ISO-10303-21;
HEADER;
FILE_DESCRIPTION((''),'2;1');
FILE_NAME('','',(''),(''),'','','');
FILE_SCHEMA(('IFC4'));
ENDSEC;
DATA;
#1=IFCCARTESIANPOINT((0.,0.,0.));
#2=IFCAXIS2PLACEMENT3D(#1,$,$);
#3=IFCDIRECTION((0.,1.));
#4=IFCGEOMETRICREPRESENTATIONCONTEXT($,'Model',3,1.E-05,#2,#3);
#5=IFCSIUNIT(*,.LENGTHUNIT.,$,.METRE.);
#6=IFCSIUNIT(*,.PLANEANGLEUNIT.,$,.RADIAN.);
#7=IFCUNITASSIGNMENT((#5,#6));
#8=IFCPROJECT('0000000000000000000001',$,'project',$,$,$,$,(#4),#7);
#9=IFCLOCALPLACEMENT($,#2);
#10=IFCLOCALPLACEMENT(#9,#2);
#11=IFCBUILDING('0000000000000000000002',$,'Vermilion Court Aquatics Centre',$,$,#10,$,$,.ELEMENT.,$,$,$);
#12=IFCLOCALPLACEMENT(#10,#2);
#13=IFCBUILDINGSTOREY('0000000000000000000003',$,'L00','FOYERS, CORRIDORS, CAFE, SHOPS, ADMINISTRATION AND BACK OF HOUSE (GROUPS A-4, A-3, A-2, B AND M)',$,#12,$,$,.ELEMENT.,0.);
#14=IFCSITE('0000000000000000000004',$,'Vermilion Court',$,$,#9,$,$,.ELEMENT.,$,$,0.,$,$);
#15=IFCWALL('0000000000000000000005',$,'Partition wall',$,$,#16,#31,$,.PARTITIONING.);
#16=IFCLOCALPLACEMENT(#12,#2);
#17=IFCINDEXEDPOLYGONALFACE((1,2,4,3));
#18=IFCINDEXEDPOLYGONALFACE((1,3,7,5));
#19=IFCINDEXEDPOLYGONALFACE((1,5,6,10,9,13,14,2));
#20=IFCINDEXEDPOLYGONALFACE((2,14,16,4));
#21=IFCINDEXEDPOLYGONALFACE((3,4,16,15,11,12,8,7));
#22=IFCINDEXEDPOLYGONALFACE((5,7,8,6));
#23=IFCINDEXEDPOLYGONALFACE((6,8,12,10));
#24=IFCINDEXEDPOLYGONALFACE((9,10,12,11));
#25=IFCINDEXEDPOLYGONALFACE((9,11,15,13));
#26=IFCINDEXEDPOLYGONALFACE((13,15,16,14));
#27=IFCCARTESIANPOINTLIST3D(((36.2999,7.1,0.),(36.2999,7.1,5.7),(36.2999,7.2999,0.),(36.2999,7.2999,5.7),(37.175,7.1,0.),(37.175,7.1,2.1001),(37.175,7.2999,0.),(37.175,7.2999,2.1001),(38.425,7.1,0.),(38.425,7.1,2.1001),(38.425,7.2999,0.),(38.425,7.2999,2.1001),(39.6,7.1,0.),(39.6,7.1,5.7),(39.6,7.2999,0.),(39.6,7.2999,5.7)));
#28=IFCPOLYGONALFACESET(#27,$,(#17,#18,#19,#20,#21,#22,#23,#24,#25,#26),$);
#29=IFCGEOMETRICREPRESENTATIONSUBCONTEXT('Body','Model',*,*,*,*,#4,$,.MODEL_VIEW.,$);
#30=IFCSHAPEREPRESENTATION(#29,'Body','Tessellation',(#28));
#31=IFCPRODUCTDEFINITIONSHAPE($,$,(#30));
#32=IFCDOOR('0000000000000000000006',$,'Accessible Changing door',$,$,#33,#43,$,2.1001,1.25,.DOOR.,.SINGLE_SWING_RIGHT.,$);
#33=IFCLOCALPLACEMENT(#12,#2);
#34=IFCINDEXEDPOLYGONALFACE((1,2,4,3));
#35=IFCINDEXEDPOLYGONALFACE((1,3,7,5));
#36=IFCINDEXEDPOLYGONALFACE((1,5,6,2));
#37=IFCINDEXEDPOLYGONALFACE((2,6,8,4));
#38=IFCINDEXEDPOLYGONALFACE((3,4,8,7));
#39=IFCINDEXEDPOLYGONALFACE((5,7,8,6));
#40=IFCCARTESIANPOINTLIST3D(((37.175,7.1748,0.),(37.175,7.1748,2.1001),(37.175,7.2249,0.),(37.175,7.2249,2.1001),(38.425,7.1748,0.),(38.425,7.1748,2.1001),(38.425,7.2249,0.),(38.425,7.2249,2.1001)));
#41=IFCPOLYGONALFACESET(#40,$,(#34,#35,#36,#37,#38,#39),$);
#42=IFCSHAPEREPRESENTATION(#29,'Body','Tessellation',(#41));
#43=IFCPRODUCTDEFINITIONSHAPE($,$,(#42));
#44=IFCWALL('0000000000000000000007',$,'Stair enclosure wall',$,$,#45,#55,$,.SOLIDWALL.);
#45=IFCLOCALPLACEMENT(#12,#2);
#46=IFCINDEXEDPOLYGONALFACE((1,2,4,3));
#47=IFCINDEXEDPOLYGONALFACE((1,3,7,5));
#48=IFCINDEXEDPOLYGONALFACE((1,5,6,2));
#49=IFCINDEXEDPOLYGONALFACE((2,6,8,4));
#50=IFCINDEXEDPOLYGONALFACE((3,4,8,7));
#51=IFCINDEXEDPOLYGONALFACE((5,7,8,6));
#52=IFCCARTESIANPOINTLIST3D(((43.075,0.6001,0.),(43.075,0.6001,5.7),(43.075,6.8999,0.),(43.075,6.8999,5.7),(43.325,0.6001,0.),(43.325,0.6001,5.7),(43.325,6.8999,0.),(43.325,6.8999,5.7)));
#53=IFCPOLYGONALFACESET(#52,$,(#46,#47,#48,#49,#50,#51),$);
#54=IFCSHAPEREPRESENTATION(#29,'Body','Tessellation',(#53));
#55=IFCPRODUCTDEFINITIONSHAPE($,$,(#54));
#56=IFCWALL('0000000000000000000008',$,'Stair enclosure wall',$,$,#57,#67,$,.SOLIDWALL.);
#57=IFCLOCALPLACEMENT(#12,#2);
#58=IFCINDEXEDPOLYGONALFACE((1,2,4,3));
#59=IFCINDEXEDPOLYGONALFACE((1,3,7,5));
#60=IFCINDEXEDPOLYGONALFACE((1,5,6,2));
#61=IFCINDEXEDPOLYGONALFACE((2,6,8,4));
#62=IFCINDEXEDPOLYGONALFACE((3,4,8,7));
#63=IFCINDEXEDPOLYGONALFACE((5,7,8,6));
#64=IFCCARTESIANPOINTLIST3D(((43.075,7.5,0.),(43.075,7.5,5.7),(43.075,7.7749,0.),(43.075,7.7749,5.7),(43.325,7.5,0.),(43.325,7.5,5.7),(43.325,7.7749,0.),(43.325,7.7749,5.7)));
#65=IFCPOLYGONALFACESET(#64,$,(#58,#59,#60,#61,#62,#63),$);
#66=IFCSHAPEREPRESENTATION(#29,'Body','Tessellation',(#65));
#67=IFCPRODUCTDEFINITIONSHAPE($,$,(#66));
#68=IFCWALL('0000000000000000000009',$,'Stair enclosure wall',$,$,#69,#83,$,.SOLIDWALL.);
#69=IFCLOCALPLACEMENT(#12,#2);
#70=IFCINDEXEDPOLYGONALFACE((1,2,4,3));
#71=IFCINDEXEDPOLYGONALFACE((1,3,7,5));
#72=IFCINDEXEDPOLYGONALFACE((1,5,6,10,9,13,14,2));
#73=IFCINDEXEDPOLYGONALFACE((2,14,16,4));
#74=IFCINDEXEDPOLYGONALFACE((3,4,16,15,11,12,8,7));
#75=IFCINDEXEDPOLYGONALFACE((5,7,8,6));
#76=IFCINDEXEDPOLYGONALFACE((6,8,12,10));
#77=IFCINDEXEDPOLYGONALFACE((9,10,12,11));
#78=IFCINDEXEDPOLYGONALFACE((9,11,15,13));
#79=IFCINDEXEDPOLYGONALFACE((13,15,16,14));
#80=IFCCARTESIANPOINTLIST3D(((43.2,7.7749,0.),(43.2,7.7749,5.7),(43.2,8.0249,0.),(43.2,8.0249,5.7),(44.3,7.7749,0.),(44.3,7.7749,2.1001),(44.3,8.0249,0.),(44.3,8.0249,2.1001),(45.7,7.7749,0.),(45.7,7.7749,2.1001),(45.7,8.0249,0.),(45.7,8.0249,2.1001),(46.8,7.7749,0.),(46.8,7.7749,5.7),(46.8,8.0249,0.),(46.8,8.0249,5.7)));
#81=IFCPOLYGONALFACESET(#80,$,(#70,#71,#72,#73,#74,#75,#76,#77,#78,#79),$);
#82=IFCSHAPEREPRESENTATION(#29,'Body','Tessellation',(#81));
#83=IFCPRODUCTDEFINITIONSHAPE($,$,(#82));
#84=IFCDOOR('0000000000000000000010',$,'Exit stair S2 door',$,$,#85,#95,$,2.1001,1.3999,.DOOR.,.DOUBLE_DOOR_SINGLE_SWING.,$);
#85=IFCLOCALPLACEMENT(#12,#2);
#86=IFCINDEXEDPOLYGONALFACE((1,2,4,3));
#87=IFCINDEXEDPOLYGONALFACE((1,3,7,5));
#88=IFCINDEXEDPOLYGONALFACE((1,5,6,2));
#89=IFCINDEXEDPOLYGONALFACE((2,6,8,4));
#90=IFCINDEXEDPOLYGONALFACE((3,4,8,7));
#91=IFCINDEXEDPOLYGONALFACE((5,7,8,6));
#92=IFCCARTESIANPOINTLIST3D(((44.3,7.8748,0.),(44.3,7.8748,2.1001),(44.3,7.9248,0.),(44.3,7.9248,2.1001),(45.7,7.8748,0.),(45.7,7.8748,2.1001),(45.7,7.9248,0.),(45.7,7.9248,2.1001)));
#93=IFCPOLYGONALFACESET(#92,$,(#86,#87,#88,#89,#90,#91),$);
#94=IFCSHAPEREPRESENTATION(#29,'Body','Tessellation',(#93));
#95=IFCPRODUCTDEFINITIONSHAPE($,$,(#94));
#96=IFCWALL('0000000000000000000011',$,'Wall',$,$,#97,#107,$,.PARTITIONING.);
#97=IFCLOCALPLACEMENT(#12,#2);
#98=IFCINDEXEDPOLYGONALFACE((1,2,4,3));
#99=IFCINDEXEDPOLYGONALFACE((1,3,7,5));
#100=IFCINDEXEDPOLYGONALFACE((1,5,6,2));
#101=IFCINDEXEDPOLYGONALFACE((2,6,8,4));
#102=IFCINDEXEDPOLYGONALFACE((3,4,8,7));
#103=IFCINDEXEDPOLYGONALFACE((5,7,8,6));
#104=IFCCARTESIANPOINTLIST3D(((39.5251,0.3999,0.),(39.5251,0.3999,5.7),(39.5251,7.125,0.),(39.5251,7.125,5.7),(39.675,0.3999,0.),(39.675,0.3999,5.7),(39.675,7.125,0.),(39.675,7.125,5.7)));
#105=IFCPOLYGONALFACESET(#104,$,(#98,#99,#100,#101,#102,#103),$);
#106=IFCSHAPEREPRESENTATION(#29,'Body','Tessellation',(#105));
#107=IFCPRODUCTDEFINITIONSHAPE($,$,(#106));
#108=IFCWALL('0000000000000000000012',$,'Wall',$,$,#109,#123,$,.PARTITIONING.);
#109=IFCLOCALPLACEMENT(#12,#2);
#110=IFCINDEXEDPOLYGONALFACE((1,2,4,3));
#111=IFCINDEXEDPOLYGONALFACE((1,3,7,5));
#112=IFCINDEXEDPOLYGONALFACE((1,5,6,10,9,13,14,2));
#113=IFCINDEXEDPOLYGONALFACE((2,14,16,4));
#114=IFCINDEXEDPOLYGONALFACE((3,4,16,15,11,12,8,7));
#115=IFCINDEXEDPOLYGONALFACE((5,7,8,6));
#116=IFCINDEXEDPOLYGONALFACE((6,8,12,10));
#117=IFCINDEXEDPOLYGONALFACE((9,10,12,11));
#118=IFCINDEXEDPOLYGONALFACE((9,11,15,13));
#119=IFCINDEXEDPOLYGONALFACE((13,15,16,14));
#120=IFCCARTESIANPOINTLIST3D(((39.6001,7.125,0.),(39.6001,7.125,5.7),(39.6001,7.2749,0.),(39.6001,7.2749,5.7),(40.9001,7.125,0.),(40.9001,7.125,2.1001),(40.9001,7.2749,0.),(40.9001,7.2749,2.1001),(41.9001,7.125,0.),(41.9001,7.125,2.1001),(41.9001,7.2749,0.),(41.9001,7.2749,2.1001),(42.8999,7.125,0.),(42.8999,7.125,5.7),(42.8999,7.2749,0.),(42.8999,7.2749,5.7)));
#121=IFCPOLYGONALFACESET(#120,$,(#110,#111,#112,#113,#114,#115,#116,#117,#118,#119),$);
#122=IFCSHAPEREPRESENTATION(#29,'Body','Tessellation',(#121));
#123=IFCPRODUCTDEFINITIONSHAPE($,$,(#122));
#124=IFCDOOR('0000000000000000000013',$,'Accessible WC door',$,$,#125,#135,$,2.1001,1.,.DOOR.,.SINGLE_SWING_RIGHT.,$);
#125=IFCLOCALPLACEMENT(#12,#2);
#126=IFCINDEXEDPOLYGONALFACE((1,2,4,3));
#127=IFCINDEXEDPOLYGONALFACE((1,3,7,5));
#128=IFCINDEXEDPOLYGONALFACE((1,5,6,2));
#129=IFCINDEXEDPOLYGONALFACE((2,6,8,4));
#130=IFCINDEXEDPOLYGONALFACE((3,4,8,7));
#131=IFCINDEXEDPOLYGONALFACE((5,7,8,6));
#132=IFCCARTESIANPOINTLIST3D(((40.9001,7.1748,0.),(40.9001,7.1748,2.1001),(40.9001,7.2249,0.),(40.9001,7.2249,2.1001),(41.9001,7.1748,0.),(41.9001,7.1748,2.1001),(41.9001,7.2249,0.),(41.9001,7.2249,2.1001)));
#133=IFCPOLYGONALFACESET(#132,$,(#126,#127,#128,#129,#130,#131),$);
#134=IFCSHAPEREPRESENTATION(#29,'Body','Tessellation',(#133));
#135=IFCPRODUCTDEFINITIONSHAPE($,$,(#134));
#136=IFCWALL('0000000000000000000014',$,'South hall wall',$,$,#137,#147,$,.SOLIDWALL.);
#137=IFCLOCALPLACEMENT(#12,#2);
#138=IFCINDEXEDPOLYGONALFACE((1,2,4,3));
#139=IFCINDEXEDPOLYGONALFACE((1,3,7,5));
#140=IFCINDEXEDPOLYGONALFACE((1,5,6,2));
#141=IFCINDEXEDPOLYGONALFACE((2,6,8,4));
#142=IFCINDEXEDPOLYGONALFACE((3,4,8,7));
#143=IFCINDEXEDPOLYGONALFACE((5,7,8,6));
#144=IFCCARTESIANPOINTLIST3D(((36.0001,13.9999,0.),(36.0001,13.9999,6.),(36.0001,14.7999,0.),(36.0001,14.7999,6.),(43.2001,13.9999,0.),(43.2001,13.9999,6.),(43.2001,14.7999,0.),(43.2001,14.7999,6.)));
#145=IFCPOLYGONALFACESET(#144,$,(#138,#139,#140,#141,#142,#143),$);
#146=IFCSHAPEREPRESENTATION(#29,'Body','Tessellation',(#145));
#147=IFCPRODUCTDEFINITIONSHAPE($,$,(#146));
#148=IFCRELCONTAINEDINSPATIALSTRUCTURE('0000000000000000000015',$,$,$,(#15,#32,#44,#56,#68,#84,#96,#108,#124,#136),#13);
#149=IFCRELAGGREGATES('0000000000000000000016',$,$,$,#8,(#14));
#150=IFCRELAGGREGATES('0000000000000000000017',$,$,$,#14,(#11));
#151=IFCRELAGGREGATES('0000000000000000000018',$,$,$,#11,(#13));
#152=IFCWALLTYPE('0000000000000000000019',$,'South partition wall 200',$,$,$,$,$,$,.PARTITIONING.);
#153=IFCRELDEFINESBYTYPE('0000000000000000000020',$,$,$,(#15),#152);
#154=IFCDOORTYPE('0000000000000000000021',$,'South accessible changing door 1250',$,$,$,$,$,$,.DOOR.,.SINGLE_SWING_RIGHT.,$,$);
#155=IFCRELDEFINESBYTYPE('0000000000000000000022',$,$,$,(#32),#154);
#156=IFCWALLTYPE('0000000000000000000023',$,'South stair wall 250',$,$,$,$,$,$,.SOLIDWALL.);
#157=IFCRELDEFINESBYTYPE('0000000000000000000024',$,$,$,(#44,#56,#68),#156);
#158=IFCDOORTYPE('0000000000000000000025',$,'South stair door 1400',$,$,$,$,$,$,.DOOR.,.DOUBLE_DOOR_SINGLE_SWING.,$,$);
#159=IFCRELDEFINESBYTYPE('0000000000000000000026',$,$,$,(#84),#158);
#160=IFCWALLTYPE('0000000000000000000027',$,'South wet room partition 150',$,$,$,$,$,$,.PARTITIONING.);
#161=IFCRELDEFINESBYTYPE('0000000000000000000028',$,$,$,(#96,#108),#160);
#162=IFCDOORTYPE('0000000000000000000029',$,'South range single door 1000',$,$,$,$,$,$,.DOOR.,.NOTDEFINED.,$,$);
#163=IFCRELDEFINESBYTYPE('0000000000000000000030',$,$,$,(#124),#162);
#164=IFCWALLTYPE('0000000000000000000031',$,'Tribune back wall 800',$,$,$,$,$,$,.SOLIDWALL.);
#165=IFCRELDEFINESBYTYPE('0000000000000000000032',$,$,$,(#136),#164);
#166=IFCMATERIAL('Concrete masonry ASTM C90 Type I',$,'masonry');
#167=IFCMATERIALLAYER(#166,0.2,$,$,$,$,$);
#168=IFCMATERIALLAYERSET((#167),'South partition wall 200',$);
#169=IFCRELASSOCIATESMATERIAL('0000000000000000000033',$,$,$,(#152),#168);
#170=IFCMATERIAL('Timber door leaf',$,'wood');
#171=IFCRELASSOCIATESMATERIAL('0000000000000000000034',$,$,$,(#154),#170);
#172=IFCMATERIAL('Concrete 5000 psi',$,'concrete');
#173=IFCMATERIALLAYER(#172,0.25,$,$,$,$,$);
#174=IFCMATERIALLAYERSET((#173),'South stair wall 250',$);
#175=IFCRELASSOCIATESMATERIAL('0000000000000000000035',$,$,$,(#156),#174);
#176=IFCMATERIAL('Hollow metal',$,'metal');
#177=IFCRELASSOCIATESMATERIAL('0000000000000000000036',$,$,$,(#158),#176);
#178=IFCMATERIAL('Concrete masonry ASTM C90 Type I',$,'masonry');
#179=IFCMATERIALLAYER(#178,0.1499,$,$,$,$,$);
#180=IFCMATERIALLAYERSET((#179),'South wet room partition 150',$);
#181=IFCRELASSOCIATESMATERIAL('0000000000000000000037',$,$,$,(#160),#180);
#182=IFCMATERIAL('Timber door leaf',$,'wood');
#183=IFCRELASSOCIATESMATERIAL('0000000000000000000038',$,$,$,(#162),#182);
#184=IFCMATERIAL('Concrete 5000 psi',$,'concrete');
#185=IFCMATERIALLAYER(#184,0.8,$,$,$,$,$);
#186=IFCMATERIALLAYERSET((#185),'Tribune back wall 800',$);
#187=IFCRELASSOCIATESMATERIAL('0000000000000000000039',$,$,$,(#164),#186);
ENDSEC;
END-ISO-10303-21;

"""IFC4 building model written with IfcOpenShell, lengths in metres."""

from ifc_helpers import new_model, si_unit, direction, frame, frame_2d, origin, place, context, subcontext, project, spatial, rectangle, extrude, material, layer, layer_set, type_object, element, fill, save


model = new_model("IFC4")

# Units and contexts
model_context = context("Model", 3, precision=1e-05, world=origin(), true_north=direction((0.0, 1.0)))
body_context = subcontext(model_context, "Body", "Model", "MODEL_VIEW")
ifc_project = project(units=[si_unit("LENGTHUNIT", "METRE"), si_unit("PLANEANGLEUNIT", "RADIAN")], contexts=[model_context])

# Site, building, storey
site_placement = place(None, origin())
site = spatial("IfcSite", under=ifc_project, at=site_placement, Name="Vermilion Court", CompositionType="ELEMENT", RefElevation=0.0)
building_placement = place(site_placement, origin())
building = spatial("IfcBuilding", under=site, at=building_placement, Name="Vermilion Court Aquatics Centre", CompositionType="ELEMENT")
storey_placement = place(building_placement, origin())
storey = spatial("IfcBuildingStorey", under=building, at=storey_placement, Name="L00", Description="FOYERS, CORRIDORS, CAFE, SHOPS, ADMINISTRATION AND BACK OF HOUSE (GROUPS A-4, A-3, A-2, B AND M)", CompositionType="ELEMENT", Elevation=0.0)

# Wall, opening, door
ifc_material_1 = material(Name="Concrete masonry ASTM C90 Type I", Category="masonry")
ifc_layer_1 = layer(ifc_material_1, 0.2)
ifc_layer_set_1 = layer_set([ifc_layer_1], Name="South partition wall 200")
wall_type_1 = type_object("IfcWallType", Name="South partition wall 200", PredefinedType="PARTITIONING", material=ifc_layer_set_1)
wall_1_placement = place(storey_placement, frame((36.3, 7.2, 0.0), z_axis=(0.0, 0.0, 1.0), x_axis=(1.0, 0.0, 0.0)))
wall_1 = element("IfcWall", 1, at=wall_1_placement, inside=storey, type_object=wall_type_1, Name="Partition wall", PredefinedType="PARTITIONING", context=body_context, shape_type="SweptSolid", body=[
    extrude(rectangle(XDim=3.3, YDim=0.2, at=frame_2d((1.6499, 0.0))), origin(), (0.0, 0.0, 1.0), 5.7),
])
opening_1_placement = place(wall_1_placement, frame((0.875, 0.0, 0.0)))
opening_1 = element("IfcOpeningElement", 2, at=opening_1_placement, cuts=wall_1, PredefinedType="OPENING", context=body_context, shape_type="SweptSolid", body=[
    extrude(rectangle(XDim=1.25, YDim=2.1001, at=frame_2d((0.625, 1.05))), frame((0.0, 0.1099, 0.0), z_axis=(0.0, -1.0, 0.0), x_axis=(1.0, 0.0, 0.0)), (0.0, 0.0, 1.0), 0.22),
])
ifc_material_2 = material(Name="Timber door leaf", Category="wood")
door_type_1 = type_object("IfcDoorType", Name="South accessible changing door 1250", OperationType="SINGLE_SWING_RIGHT", PredefinedType="DOOR", material=ifc_material_2)
door_1_placement = place(opening_1_placement, frame((1.25, 0.0, 0.0), z_axis=(0.0, 0.0, 1.0), x_axis=(-1.0, 0.0, 0.0)))
door_1 = element("IfcDoor", 3, at=door_1_placement, inside=storey, type_object=door_type_1, Name="Accessible Changing door", OperationType="SINGLE_SWING_RIGHT", OverallHeight=2.1001, OverallWidth=1.25, PredefinedType="DOOR", context=body_context, shape_type="SweptSolid", body=[
    extrude(rectangle(XDim=1.25, YDim=2.1001, at=frame_2d((0.625, 1.05))), frame((0.0, 0.0251, 0.0), z_axis=(0.0, -1.0, 0.0), x_axis=(1.0, 0.0, 0.0)), (0.0, 0.0, 1.0), 0.05),
])
fill(opening_1, door_1)

# Walls
ifc_material_3 = material(Name="Concrete 5000 psi", Category="concrete")
ifc_layer_2 = layer(ifc_material_3, 0.25)
ifc_layer_set_2 = layer_set([ifc_layer_2], Name="South stair wall 250")
wall_type_2 = type_object("IfcWallType", Name="South stair wall 250", PredefinedType="SOLIDWALL", material=ifc_layer_set_2)
wall_2_placement = place(storey_placement, frame((43.2, 0.6001, 0.0), z_axis=(0.0, 0.0, 1.0), x_axis=(0.0, 1.0, 0.0)))
element("IfcWall", 4, at=wall_2_placement, inside=storey, type_object=wall_type_2, Name="Stair enclosure wall", PredefinedType="SOLIDWALL", context=body_context, shape_type="SweptSolid", body=[
    extrude(rectangle(XDim=6.2998, YDim=0.25, at=frame_2d((3.1499, 0.0))), origin(), (0.0, 0.0, 1.0), 5.7),
])
wall_3_placement = place(storey_placement, frame((43.2, 7.5, 0.0), z_axis=(0.0, 0.0, 1.0), x_axis=(0.0, 1.0, 0.0)))
element("IfcWall", 5, at=wall_3_placement, inside=storey, type_object=wall_type_2, Name="Stair enclosure wall", PredefinedType="SOLIDWALL", context=body_context, shape_type="SweptSolid", body=[
    extrude(rectangle(XDim=0.2749, YDim=0.25, at=frame_2d((0.1375, 0.0))), origin(), (0.0, 0.0, 1.0), 5.7),
])

# Wall, opening, door
wall_4_placement = place(storey_placement, frame((43.2, 7.8999, 0.0), z_axis=(0.0, 0.0, 1.0), x_axis=(1.0, 0.0, 0.0)))
wall_4 = element("IfcWall", 6, at=wall_4_placement, inside=storey, type_object=wall_type_2, Name="Stair enclosure wall", PredefinedType="SOLIDWALL", context=body_context, shape_type="SweptSolid", body=[
    extrude(rectangle(XDim=3.6001, YDim=0.25, at=frame_2d((1.8, 0.0))), origin(), (0.0, 0.0, 1.0), 5.7),
])
opening_2_placement = place(wall_4_placement, frame((1.1001, 0.0, 0.0)))
opening_2 = element("IfcOpeningElement", 7, at=opening_2_placement, cuts=wall_4, PredefinedType="OPENING", context=body_context, shape_type="SweptSolid", body=[
    extrude(rectangle(XDim=1.3999, YDim=2.1001, at=frame_2d((0.7, 1.05))), frame((0.0, 0.135, 0.0), z_axis=(0.0, -1.0, 0.0), x_axis=(1.0, 0.0, 0.0)), (0.0, 0.0, 1.0), 0.27),
])
ifc_material_4 = material(Name="Hollow metal", Category="metal")
door_type_2 = type_object("IfcDoorType", Name="South stair door 1400", OperationType="DOUBLE_DOOR_SINGLE_SWING", PredefinedType="DOOR", material=ifc_material_4)
door_2_placement = place(opening_2_placement, origin())
door_2 = element("IfcDoor", 8, at=door_2_placement, inside=storey, type_object=door_type_2, Name="Exit stair S2 door", OperationType="DOUBLE_DOOR_SINGLE_SWING", OverallHeight=2.1001, OverallWidth=1.3999, PredefinedType="DOOR", context=body_context, shape_type="SweptSolid", body=[
    extrude(rectangle(XDim=1.3999, YDim=2.1001, at=frame_2d((0.7, 1.05))), frame((0.0, 0.0249, 0.0), z_axis=(0.0, -1.0, 0.0), x_axis=(1.0, 0.0, 0.0)), (0.0, 0.0, 1.0), 0.05),
])
fill(opening_2, door_2)

# Wall
ifc_material_5 = material(Name="Concrete masonry ASTM C90 Type I", Category="masonry")
ifc_layer_3 = layer(ifc_material_5, 0.1499)
ifc_layer_set_3 = layer_set([ifc_layer_3], Name="South wet room partition 150")
wall_type_3 = type_object("IfcWallType", Name="South wet room partition 150", PredefinedType="PARTITIONING", material=ifc_layer_set_3)
wall_5_placement = place(storey_placement, frame((39.6001, 0.3999, 0.0), z_axis=(0.0, 0.0, 1.0), x_axis=(0.0, 1.0, 0.0)))
element("IfcWall", 9, at=wall_5_placement, inside=storey, type_object=wall_type_3, Name="Wall", PredefinedType="PARTITIONING", context=body_context, shape_type="SweptSolid", body=[
    extrude(rectangle(XDim=6.7251, YDim=0.1499, at=frame_2d((3.3625, 0.0))), origin(), (0.0, 0.0, 1.0), 5.7),
])

# Wall, opening, door
wall_6_placement = place(storey_placement, frame((39.6001, 7.2, 0.0), z_axis=(0.0, 0.0, 1.0), x_axis=(1.0, 0.0, 0.0)))
wall_6 = element("IfcWall", 10, at=wall_6_placement, inside=storey, type_object=wall_type_3, Name="Wall", PredefinedType="PARTITIONING", context=body_context, shape_type="SweptSolid", body=[
    extrude(rectangle(XDim=3.2998, YDim=0.1499, at=frame_2d((1.6499, 0.0))), origin(), (0.0, 0.0, 1.0), 5.7),
])
opening_3_placement = place(wall_6_placement, frame((1.3, 0.0, 0.0)))
opening_3 = element("IfcOpeningElement", 11, at=opening_3_placement, cuts=wall_6, PredefinedType="OPENING", context=body_context, shape_type="SweptSolid", body=[
    extrude(rectangle(XDim=1.0, YDim=2.1001, at=frame_2d((0.5, 1.05))), frame((0.0, 0.085, 0.0), z_axis=(0.0, -1.0, 0.0), x_axis=(1.0, 0.0, 0.0)), (0.0, 0.0, 1.0), 0.1699),
])
ifc_material_6 = material(Name="Timber door leaf", Category="wood")
door_type_3 = type_object("IfcDoorType", Name="South range single door 1000", OperationType="NOTDEFINED", PredefinedType="DOOR", material=ifc_material_6)
door_3_placement = place(opening_3_placement, frame((1.0, 0.0, 0.0), z_axis=(0.0, 0.0, 1.0), x_axis=(-1.0, 0.0, 0.0)))
door_3 = element("IfcDoor", 12, at=door_3_placement, inside=storey, type_object=door_type_3, Name="Accessible WC door", OperationType="SINGLE_SWING_RIGHT", OverallHeight=2.1001, OverallWidth=1.0, PredefinedType="DOOR", context=body_context, shape_type="SweptSolid", body=[
    extrude(rectangle(XDim=1.0, YDim=2.1001, at=frame_2d((0.5, 1.05))), frame((0.0, 0.0251, 0.0), z_axis=(0.0, -1.0, 0.0), x_axis=(1.0, 0.0, 0.0)), (0.0, 0.0, 1.0), 0.05),
])
fill(opening_3, door_3)

# Wall
ifc_material_7 = material(Name="Concrete 5000 psi", Category="concrete")
ifc_layer_4 = layer(ifc_material_7, 0.8)
ifc_layer_set_4 = layer_set([ifc_layer_4], Name="Tribune back wall 800")
wall_type_4 = type_object("IfcWallType", Name="Tribune back wall 800", PredefinedType="SOLIDWALL", material=ifc_layer_set_4)
wall_7_placement = place(storey_placement, frame((36.0, 14.3999, 0.0), z_axis=(0.0, 0.0, 1.0), x_axis=(1.0, 0.0, 0.0)))
element("IfcWall", 13, at=wall_7_placement, inside=storey, type_object=wall_type_4, Name="South hall wall", PredefinedType="SOLIDWALL", context=body_context, shape_type="SweptSolid", body=[
    extrude(rectangle(XDim=7.2, YDim=0.8, at=frame_2d((3.6001, 0.0))), origin(), (0.0, 0.0, 1.0), 6.0),
])

save(model, "model.ifc")
